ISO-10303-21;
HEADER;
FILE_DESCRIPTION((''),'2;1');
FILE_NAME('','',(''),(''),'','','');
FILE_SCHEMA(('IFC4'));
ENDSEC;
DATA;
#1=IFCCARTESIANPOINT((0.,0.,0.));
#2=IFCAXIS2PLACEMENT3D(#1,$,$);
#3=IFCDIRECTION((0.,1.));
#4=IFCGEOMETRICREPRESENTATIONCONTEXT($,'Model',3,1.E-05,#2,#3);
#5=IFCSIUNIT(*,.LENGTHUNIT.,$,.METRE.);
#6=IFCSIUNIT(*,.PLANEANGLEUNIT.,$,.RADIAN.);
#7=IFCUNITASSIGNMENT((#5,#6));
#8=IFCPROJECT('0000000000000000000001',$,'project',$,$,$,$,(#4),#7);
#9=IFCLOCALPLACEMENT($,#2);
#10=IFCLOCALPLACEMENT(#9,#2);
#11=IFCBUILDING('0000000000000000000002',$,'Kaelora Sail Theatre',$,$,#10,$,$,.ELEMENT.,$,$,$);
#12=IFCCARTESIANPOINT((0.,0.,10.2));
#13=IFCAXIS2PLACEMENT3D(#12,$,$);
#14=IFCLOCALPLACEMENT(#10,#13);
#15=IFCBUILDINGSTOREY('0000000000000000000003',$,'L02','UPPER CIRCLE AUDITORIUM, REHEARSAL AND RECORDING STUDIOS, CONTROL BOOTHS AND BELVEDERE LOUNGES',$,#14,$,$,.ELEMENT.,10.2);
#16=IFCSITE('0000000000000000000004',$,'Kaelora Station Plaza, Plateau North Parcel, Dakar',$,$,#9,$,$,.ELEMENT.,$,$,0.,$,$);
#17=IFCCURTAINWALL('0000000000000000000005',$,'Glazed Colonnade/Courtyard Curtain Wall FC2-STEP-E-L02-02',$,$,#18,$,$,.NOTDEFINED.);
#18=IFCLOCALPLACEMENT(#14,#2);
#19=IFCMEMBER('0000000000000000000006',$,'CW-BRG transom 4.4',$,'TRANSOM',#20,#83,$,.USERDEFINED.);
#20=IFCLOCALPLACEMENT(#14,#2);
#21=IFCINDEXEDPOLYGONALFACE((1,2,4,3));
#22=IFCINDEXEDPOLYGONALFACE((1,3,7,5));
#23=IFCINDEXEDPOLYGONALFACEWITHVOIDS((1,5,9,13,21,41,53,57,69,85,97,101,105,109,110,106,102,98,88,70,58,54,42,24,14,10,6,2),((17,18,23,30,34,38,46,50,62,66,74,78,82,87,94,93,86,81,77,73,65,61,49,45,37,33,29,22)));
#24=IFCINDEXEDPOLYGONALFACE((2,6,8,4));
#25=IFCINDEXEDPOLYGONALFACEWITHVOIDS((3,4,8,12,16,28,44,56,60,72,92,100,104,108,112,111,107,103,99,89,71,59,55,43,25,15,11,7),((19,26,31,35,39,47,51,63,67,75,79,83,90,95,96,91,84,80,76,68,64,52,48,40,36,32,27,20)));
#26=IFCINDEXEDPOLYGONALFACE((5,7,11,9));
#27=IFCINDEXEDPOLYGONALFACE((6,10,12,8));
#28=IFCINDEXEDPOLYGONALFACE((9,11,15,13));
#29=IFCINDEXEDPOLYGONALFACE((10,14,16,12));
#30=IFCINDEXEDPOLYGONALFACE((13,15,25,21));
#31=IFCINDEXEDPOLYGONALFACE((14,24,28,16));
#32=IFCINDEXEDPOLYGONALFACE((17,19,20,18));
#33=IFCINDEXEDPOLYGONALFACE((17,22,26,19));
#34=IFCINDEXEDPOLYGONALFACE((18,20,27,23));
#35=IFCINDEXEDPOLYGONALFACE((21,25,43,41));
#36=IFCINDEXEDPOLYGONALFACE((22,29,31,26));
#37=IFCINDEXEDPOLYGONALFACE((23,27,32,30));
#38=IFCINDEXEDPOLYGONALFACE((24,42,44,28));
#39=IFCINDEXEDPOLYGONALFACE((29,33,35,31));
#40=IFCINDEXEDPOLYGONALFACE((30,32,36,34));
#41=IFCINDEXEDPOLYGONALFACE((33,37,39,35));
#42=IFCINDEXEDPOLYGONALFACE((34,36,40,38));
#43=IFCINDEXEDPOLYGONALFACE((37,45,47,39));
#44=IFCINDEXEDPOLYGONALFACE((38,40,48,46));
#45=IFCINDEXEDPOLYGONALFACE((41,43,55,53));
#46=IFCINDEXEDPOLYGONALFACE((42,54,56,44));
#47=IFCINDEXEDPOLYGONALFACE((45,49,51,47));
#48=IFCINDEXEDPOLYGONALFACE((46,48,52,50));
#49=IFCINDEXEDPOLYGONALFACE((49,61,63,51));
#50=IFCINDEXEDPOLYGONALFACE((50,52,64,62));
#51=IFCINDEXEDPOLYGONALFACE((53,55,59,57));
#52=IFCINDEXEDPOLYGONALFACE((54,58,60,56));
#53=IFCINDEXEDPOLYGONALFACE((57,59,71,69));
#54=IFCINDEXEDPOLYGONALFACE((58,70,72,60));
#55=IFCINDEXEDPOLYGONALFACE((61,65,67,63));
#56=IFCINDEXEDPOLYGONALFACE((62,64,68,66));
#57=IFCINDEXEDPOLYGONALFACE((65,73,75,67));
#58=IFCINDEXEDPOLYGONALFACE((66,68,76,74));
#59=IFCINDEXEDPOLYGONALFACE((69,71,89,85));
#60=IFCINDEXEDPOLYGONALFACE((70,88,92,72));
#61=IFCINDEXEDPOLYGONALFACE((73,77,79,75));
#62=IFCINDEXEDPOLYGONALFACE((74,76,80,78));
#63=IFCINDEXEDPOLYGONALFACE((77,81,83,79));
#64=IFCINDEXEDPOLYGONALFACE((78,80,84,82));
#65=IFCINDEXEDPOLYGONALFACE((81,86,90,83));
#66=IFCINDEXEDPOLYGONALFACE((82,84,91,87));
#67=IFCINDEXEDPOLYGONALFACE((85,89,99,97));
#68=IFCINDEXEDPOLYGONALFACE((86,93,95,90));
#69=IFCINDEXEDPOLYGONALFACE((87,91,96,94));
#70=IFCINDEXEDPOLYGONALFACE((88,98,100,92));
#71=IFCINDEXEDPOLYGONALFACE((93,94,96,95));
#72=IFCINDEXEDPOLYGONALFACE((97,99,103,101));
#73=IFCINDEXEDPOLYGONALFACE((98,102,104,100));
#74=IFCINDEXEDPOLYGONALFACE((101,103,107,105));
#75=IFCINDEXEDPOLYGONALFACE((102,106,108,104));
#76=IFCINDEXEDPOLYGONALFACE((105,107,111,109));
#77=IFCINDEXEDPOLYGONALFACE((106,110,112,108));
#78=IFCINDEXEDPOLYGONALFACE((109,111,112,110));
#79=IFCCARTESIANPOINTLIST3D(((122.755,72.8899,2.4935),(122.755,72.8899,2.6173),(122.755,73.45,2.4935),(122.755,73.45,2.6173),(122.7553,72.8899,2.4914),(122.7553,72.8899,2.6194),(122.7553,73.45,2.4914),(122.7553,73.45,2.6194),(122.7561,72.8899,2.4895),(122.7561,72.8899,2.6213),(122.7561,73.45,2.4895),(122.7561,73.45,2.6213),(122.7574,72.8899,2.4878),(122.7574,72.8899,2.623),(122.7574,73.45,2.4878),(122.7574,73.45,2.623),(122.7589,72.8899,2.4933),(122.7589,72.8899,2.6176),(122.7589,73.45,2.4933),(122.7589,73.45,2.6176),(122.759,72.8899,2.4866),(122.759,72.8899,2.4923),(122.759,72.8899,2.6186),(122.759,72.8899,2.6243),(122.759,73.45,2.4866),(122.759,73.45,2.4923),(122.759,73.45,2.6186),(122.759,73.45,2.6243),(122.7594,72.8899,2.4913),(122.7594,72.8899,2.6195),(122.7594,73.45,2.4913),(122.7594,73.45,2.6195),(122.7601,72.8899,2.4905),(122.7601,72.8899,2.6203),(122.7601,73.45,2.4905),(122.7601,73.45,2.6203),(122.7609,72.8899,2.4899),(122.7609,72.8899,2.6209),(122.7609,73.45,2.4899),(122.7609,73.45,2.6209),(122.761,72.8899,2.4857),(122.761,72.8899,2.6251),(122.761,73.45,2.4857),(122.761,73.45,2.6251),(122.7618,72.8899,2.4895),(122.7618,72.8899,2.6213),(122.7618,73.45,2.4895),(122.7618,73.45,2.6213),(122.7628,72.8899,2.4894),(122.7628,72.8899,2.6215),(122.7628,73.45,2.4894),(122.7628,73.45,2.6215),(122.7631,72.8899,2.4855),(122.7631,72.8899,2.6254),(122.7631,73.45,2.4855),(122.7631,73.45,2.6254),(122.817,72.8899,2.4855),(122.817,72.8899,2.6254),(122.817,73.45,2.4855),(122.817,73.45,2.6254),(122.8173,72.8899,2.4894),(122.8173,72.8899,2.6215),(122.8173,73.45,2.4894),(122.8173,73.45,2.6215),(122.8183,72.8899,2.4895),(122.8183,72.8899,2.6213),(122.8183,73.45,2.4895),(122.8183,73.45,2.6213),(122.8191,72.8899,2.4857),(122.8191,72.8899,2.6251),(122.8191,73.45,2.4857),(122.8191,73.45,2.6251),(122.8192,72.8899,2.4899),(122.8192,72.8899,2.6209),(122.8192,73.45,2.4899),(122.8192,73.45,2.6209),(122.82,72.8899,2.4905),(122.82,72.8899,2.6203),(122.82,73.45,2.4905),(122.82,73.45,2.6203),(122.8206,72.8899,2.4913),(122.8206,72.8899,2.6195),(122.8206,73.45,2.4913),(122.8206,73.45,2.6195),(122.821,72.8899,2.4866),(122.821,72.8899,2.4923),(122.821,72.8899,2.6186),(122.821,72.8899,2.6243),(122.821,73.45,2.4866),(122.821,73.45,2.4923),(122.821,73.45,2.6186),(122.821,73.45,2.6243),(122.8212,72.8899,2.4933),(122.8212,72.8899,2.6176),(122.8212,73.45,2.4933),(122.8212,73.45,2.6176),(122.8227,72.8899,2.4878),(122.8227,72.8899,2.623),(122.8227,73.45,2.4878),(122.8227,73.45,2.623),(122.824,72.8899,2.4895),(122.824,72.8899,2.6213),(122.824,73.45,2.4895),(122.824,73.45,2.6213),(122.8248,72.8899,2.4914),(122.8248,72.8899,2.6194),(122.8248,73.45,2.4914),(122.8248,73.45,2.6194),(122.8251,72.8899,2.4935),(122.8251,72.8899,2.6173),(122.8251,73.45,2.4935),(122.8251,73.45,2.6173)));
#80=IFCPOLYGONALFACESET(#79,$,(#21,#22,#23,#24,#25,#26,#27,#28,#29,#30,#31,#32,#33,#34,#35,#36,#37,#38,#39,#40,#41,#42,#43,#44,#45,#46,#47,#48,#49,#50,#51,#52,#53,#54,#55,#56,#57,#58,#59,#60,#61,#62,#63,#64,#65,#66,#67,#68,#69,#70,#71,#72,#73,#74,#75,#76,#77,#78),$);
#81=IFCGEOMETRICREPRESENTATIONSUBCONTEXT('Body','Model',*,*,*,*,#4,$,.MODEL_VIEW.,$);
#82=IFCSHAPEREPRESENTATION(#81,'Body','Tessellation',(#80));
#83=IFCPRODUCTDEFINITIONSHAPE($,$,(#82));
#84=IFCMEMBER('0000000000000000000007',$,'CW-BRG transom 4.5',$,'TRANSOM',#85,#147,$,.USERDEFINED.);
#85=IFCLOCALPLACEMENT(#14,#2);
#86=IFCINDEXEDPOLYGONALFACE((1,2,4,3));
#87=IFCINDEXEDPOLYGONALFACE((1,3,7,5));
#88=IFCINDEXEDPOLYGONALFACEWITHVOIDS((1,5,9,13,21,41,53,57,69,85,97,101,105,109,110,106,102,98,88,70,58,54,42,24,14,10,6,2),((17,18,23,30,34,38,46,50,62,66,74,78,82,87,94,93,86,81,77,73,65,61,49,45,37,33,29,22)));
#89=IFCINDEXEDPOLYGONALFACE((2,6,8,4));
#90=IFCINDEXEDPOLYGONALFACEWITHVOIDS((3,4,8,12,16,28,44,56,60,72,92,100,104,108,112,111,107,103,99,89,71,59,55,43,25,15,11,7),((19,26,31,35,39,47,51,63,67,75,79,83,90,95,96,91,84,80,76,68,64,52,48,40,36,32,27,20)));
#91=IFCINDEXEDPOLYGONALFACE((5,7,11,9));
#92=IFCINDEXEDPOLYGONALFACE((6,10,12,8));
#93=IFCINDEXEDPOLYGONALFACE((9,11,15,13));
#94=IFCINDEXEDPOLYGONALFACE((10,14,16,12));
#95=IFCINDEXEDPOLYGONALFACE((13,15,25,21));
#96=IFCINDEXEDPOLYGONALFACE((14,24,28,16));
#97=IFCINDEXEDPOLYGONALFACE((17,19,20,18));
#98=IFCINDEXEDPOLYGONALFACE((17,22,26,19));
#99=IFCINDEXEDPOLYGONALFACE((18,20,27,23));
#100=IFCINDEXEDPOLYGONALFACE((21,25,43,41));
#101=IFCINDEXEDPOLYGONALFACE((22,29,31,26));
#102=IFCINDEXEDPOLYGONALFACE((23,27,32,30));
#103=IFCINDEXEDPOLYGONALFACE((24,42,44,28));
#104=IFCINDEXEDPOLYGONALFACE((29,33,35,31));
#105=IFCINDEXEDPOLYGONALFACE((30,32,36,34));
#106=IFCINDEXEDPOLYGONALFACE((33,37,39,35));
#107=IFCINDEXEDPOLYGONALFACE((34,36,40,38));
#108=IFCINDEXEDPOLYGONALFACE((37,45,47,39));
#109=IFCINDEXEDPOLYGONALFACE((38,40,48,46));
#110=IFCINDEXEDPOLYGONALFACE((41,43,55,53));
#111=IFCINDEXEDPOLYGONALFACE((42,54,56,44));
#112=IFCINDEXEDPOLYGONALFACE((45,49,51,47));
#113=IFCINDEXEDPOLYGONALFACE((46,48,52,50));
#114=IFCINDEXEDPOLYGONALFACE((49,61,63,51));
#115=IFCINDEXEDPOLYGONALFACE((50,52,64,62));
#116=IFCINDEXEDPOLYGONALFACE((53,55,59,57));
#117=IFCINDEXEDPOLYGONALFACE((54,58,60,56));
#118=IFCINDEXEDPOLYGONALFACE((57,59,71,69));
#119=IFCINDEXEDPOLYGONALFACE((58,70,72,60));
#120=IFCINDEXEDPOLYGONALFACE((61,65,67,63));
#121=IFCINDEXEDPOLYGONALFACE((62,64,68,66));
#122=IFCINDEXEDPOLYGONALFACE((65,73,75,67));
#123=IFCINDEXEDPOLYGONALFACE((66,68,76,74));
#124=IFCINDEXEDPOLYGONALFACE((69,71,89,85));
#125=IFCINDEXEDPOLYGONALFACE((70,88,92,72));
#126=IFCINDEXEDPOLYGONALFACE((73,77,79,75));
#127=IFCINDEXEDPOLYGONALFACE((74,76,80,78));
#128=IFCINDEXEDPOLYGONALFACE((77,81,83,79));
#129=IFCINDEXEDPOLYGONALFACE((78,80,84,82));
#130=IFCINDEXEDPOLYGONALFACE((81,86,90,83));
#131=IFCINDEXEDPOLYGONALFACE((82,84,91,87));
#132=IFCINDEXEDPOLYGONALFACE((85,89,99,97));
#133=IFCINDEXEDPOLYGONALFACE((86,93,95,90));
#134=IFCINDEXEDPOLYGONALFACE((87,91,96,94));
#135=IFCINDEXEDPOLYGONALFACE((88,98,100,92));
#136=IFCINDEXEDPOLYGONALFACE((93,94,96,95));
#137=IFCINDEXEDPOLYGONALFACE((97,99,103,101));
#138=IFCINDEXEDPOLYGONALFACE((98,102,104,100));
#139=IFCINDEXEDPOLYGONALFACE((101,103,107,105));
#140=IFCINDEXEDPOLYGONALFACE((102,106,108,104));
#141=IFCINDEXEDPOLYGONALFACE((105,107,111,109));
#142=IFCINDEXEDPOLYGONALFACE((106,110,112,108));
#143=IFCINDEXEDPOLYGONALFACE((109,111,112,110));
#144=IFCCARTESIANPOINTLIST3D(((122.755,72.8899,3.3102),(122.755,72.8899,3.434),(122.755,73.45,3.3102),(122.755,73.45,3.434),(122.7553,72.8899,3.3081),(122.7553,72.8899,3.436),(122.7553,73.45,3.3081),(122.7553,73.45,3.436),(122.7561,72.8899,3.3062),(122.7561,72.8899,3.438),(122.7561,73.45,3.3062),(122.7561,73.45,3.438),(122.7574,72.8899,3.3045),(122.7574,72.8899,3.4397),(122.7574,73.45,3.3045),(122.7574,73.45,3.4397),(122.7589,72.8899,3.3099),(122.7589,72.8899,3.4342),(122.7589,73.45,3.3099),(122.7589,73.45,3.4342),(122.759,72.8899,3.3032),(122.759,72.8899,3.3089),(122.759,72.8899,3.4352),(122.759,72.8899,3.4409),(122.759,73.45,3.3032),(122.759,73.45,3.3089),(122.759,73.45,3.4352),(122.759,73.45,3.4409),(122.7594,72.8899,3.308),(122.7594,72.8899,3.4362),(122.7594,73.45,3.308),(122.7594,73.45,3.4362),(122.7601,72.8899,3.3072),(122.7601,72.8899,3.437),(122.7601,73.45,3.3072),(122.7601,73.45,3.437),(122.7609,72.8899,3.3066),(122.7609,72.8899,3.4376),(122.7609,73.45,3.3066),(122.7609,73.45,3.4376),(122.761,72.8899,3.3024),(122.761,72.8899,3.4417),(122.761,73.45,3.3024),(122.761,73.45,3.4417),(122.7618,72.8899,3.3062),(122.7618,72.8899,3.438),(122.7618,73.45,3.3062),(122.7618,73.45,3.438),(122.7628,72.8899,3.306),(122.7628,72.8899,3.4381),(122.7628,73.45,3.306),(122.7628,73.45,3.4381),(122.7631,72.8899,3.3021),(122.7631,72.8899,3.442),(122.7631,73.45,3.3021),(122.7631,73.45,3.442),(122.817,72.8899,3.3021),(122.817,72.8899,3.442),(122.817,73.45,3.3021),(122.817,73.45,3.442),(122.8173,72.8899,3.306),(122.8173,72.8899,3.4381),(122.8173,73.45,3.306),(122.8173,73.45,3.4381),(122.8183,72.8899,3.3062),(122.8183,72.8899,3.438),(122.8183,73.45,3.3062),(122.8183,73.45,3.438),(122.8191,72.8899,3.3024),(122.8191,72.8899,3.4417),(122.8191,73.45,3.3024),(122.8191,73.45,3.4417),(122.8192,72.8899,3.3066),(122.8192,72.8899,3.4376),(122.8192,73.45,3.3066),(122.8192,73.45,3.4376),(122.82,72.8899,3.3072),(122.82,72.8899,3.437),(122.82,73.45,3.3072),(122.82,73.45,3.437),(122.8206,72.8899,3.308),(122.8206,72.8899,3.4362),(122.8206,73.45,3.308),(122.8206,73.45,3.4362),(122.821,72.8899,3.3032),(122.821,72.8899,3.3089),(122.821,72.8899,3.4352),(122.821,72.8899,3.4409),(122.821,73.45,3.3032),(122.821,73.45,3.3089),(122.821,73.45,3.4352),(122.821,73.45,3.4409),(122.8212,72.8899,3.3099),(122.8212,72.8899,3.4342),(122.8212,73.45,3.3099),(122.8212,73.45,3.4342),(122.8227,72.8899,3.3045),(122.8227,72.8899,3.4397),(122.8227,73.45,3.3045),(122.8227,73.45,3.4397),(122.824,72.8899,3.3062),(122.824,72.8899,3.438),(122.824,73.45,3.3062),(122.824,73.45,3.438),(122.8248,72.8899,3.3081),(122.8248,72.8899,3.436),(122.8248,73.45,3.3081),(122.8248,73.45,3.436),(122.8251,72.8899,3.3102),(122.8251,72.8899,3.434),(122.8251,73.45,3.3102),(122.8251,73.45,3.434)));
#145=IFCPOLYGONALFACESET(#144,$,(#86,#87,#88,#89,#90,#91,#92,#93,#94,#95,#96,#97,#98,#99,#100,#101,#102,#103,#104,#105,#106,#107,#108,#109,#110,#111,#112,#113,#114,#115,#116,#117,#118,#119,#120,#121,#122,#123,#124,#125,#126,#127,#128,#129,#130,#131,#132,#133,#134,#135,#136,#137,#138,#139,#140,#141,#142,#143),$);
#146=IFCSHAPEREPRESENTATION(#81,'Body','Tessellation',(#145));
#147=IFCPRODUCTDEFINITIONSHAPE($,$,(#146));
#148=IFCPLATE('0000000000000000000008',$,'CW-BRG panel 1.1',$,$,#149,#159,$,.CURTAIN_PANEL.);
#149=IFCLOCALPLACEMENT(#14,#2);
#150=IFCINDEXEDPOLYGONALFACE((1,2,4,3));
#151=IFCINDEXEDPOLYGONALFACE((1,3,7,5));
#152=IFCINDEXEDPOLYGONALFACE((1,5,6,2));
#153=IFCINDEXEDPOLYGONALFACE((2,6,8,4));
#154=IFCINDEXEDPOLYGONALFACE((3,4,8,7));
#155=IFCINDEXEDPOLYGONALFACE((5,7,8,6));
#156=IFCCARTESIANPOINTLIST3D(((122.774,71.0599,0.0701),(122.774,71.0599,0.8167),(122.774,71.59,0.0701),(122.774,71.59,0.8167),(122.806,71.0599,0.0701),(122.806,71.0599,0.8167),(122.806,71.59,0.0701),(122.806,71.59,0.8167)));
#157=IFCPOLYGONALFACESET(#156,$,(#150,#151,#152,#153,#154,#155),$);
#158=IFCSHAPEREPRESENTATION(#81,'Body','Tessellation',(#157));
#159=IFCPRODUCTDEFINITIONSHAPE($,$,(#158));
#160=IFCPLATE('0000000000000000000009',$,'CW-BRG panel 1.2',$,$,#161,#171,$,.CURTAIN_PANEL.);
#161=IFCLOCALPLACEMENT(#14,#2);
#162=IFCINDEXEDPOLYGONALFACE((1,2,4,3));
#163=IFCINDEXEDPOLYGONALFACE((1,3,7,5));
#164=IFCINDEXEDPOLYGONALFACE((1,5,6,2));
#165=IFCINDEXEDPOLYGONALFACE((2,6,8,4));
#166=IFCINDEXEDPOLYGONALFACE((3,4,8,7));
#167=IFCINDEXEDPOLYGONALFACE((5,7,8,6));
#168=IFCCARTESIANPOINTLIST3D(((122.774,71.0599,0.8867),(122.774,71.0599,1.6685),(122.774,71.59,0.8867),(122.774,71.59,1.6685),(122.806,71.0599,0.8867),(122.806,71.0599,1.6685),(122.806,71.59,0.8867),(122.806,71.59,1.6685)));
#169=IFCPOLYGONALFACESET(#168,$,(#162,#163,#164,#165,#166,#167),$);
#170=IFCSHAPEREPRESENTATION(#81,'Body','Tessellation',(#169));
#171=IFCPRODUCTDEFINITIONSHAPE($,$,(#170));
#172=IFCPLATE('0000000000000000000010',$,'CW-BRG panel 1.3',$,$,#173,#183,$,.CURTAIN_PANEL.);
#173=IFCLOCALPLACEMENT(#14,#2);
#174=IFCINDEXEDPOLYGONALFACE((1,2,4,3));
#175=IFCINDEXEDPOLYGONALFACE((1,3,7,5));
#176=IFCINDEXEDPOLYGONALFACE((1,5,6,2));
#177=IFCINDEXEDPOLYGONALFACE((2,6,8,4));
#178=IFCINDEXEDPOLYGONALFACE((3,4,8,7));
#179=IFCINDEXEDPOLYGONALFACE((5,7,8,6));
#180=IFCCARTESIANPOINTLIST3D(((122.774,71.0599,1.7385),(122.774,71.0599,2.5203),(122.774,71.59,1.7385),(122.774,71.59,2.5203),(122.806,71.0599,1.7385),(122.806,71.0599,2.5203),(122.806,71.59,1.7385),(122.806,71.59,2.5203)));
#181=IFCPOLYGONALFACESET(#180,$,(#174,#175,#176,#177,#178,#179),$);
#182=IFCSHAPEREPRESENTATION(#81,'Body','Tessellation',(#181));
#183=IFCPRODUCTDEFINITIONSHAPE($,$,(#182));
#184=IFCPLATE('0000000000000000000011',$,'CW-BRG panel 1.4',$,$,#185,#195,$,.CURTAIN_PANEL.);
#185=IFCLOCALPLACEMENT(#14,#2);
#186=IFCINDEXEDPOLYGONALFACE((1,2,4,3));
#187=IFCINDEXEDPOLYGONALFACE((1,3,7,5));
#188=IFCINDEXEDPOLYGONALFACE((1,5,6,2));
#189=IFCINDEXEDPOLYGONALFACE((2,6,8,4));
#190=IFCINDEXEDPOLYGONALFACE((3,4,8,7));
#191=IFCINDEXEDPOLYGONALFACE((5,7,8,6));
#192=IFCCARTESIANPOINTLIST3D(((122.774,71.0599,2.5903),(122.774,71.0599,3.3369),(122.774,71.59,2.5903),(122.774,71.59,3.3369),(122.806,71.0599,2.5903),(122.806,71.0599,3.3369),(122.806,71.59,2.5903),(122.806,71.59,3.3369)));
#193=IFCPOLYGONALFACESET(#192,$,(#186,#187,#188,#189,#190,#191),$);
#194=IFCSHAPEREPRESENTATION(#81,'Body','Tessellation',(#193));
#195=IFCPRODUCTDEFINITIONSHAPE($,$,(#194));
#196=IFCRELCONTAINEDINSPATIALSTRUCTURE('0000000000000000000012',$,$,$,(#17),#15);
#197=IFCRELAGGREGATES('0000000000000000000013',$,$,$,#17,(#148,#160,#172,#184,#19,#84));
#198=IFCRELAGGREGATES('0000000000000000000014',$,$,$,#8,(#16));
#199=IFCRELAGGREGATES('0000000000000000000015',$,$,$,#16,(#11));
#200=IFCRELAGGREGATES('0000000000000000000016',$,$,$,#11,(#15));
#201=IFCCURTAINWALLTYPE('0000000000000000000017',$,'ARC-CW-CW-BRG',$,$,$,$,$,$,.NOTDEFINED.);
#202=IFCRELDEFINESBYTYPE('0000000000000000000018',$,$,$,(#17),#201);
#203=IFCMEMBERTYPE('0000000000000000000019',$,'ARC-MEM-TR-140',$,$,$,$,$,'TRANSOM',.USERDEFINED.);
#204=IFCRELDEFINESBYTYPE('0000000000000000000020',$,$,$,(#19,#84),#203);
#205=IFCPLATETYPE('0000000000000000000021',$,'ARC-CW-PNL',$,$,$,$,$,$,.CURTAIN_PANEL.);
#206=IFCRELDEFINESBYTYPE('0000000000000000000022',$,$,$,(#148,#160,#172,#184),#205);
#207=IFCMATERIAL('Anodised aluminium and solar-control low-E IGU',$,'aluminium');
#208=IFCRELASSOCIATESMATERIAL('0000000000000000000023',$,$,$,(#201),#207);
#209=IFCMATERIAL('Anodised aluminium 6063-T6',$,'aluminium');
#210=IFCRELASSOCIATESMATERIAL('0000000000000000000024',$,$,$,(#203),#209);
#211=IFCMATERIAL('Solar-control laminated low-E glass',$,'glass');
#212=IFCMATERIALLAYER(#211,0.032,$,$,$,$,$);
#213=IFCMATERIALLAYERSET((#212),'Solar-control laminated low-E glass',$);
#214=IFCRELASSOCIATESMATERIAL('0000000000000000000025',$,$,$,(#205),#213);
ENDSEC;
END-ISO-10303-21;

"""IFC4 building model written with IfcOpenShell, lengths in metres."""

from ifc_helpers import new_model, si_unit, direction, frame, origin, origin_2d, place, context, subcontext, project, spatial, rectangle, hollow_rectangle, extrude, material, layer, layer_set, material_profile, profile_set, type_object, element, aggregate, save


model = new_model("IFC4")

# Units and contexts
model_context = context("Model", 3, precision=1e-05, world=origin(), true_north=direction((0.0, 1.0)))
body_context = subcontext(model_context, "Body", "Model", "MODEL_VIEW")
ifc_project = project(units=[si_unit("LENGTHUNIT", "METRE"), si_unit("PLANEANGLEUNIT", "RADIAN")], contexts=[model_context])

# Site, building, storey
site_placement = place(None, origin())
site = spatial("IfcSite", under=ifc_project, at=site_placement, Name="Kaelora Station Plaza, Plateau North Parcel, Dakar", CompositionType="ELEMENT", RefElevation=0.0)
building_placement = place(site_placement, origin())
building = spatial("IfcBuilding", under=site, at=building_placement, Name="Kaelora Sail Theatre", CompositionType="ELEMENT")
storey_placement = place(building_placement, frame((0.0, 0.0, 10.2)))
storey = spatial("IfcBuildingStorey", under=building, at=storey_placement, Name="L02", Description="UPPER CIRCLE AUDITORIUM, REHEARSAL AND RECORDING STUDIOS, CONTROL BOOTHS AND BELVEDERE LOUNGES", CompositionType="ELEMENT", Elevation=10.2)

# Curtain wall, members, plates
ifc_material_1 = material(Name="Anodised aluminium and solar-control low-E IGU", Category="aluminium")
curtain_wall_type = type_object("IfcCurtainWallType", Name="ARC-CW-CW-BRG", PredefinedType="NOTDEFINED", material=ifc_material_1)
curtain_wall_placement = place(storey_placement, origin())
curtain_wall = element("IfcCurtainWall", 1, at=curtain_wall_placement, inside=storey, type_object=curtain_wall_type, Name="Glazed Colonnade/Courtyard Curtain Wall FC2-STEP-E-L02-02", PredefinedType="NOTDEFINED")
ifc_material_2 = material(Name="Anodised aluminium 6063-T6", Category="aluminium")
ifc_material_profile_1 = material_profile(ifc_material_2, hollow_rectangle(XDim=0.0701, YDim=0.1399, WallThickness=0.0039, InnerFilletRadius=0.0039, OuterFilletRadius=0.0081, at=origin_2d()), Name="ALU-TRAN 70x140x4")
ifc_profile_set_1 = profile_set([ifc_material_profile_1], Name="Anodised aluminium 6063-T6")
member_type_1 = type_object("IfcMemberType", Name="ARC-MEM-TR-140", ElementType="TRANSOM", PredefinedType="USERDEFINED", material=ifc_profile_set_1)
member_1_placement = place(storey_placement, frame((122.79, 72.8899, 2.5554), z_axis=(0.0, 1.0, 0.0), x_axis=(-1.0, 0.0, 0.0)))
member_1 = element("IfcMember", 2, at=member_1_placement, type_object=member_type_1, Name="CW-BRG transom 4.4", ObjectType="TRANSOM", PredefinedType="USERDEFINED", context=body_context, shape_type="SweptSolid", body=[
    extrude(hollow_rectangle(XDim=0.0701, YDim=0.1399, WallThickness=0.0039, InnerFilletRadius=0.0039, OuterFilletRadius=0.0081, at=origin_2d()), origin(), (0.0, 0.0, 1.0), 0.5601),
])
member_2_placement = place(storey_placement, frame((122.79, 72.8899, 3.3721), z_axis=(0.0, 1.0, 0.0), x_axis=(-1.0, 0.0, 0.0)))
member_2 = element("IfcMember", 3, at=member_2_placement, type_object=member_type_1, Name="CW-BRG transom 4.5", ObjectType="TRANSOM", PredefinedType="USERDEFINED", context=body_context, shape_type="SweptSolid", body=[
    extrude(hollow_rectangle(XDim=0.0701, YDim=0.1399, WallThickness=0.0039, InnerFilletRadius=0.0039, OuterFilletRadius=0.0081, at=origin_2d()), origin(), (0.0, 0.0, 1.0), 0.5601),
])
ifc_material_3 = material(Name="Solar-control laminated low-E glass", Category="glass")
ifc_layer = layer(ifc_material_3, 0.032)
ifc_layer_set = layer_set([ifc_layer], Name="Solar-control laminated low-E glass")
plate_type = type_object("IfcPlateType", Name="ARC-CW-PNL", PredefinedType="CURTAIN_PANEL", material=ifc_layer_set)
plate_1_placement = place(storey_placement, frame((122.79, 71.325, 0.0701), z_axis=(0.0, 0.0, 1.0), x_axis=(0.0, 1.0, 0.0)))
plate_1 = element("IfcPlate", 4, at=plate_1_placement, type_object=plate_type, Name="CW-BRG panel 1.1", PredefinedType="CURTAIN_PANEL", context=body_context, shape_type="SweptSolid", body=[
    extrude(rectangle(XDim=0.53, YDim=0.032, at=origin_2d()), origin(), (0.0, 0.0, 1.0), 0.7466),
])
plate_2_placement = place(storey_placement, frame((122.79, 71.325, 0.8867), z_axis=(0.0, 0.0, 1.0), x_axis=(0.0, 1.0, 0.0)))
plate_2 = element("IfcPlate", 5, at=plate_2_placement, type_object=plate_type, Name="CW-BRG panel 1.2", PredefinedType="CURTAIN_PANEL", context=body_context, shape_type="SweptSolid", body=[
    extrude(rectangle(XDim=0.53, YDim=0.032, at=origin_2d()), origin(), (0.0, 0.0, 1.0), 0.7817),
])
plate_3_placement = place(storey_placement, frame((122.79, 71.325, 1.7385), z_axis=(0.0, 0.0, 1.0), x_axis=(0.0, 1.0, 0.0)))
plate_3 = element("IfcPlate", 6, at=plate_3_placement, type_object=plate_type, Name="CW-BRG panel 1.3", PredefinedType="CURTAIN_PANEL", context=body_context, shape_type="SweptSolid", body=[
    extrude(rectangle(XDim=0.53, YDim=0.032, at=origin_2d()), origin(), (0.0, 0.0, 1.0), 0.7817),
])
plate_4_placement = place(storey_placement, frame((122.79, 71.325, 2.5903), z_axis=(0.0, 0.0, 1.0), x_axis=(0.0, 1.0, 0.0)))
plate_4 = element("IfcPlate", 7, at=plate_4_placement, type_object=plate_type, Name="CW-BRG panel 1.4", PredefinedType="CURTAIN_PANEL", context=body_context, shape_type="SweptSolid", body=[
    extrude(rectangle(XDim=0.53, YDim=0.032, at=origin_2d()), origin(), (0.0, 0.0, 1.0), 0.7466),
])
aggregate(curtain_wall, [plate_1, plate_2, plate_3, plate_4, member_1, member_2])

save(model, "model.ifc")
